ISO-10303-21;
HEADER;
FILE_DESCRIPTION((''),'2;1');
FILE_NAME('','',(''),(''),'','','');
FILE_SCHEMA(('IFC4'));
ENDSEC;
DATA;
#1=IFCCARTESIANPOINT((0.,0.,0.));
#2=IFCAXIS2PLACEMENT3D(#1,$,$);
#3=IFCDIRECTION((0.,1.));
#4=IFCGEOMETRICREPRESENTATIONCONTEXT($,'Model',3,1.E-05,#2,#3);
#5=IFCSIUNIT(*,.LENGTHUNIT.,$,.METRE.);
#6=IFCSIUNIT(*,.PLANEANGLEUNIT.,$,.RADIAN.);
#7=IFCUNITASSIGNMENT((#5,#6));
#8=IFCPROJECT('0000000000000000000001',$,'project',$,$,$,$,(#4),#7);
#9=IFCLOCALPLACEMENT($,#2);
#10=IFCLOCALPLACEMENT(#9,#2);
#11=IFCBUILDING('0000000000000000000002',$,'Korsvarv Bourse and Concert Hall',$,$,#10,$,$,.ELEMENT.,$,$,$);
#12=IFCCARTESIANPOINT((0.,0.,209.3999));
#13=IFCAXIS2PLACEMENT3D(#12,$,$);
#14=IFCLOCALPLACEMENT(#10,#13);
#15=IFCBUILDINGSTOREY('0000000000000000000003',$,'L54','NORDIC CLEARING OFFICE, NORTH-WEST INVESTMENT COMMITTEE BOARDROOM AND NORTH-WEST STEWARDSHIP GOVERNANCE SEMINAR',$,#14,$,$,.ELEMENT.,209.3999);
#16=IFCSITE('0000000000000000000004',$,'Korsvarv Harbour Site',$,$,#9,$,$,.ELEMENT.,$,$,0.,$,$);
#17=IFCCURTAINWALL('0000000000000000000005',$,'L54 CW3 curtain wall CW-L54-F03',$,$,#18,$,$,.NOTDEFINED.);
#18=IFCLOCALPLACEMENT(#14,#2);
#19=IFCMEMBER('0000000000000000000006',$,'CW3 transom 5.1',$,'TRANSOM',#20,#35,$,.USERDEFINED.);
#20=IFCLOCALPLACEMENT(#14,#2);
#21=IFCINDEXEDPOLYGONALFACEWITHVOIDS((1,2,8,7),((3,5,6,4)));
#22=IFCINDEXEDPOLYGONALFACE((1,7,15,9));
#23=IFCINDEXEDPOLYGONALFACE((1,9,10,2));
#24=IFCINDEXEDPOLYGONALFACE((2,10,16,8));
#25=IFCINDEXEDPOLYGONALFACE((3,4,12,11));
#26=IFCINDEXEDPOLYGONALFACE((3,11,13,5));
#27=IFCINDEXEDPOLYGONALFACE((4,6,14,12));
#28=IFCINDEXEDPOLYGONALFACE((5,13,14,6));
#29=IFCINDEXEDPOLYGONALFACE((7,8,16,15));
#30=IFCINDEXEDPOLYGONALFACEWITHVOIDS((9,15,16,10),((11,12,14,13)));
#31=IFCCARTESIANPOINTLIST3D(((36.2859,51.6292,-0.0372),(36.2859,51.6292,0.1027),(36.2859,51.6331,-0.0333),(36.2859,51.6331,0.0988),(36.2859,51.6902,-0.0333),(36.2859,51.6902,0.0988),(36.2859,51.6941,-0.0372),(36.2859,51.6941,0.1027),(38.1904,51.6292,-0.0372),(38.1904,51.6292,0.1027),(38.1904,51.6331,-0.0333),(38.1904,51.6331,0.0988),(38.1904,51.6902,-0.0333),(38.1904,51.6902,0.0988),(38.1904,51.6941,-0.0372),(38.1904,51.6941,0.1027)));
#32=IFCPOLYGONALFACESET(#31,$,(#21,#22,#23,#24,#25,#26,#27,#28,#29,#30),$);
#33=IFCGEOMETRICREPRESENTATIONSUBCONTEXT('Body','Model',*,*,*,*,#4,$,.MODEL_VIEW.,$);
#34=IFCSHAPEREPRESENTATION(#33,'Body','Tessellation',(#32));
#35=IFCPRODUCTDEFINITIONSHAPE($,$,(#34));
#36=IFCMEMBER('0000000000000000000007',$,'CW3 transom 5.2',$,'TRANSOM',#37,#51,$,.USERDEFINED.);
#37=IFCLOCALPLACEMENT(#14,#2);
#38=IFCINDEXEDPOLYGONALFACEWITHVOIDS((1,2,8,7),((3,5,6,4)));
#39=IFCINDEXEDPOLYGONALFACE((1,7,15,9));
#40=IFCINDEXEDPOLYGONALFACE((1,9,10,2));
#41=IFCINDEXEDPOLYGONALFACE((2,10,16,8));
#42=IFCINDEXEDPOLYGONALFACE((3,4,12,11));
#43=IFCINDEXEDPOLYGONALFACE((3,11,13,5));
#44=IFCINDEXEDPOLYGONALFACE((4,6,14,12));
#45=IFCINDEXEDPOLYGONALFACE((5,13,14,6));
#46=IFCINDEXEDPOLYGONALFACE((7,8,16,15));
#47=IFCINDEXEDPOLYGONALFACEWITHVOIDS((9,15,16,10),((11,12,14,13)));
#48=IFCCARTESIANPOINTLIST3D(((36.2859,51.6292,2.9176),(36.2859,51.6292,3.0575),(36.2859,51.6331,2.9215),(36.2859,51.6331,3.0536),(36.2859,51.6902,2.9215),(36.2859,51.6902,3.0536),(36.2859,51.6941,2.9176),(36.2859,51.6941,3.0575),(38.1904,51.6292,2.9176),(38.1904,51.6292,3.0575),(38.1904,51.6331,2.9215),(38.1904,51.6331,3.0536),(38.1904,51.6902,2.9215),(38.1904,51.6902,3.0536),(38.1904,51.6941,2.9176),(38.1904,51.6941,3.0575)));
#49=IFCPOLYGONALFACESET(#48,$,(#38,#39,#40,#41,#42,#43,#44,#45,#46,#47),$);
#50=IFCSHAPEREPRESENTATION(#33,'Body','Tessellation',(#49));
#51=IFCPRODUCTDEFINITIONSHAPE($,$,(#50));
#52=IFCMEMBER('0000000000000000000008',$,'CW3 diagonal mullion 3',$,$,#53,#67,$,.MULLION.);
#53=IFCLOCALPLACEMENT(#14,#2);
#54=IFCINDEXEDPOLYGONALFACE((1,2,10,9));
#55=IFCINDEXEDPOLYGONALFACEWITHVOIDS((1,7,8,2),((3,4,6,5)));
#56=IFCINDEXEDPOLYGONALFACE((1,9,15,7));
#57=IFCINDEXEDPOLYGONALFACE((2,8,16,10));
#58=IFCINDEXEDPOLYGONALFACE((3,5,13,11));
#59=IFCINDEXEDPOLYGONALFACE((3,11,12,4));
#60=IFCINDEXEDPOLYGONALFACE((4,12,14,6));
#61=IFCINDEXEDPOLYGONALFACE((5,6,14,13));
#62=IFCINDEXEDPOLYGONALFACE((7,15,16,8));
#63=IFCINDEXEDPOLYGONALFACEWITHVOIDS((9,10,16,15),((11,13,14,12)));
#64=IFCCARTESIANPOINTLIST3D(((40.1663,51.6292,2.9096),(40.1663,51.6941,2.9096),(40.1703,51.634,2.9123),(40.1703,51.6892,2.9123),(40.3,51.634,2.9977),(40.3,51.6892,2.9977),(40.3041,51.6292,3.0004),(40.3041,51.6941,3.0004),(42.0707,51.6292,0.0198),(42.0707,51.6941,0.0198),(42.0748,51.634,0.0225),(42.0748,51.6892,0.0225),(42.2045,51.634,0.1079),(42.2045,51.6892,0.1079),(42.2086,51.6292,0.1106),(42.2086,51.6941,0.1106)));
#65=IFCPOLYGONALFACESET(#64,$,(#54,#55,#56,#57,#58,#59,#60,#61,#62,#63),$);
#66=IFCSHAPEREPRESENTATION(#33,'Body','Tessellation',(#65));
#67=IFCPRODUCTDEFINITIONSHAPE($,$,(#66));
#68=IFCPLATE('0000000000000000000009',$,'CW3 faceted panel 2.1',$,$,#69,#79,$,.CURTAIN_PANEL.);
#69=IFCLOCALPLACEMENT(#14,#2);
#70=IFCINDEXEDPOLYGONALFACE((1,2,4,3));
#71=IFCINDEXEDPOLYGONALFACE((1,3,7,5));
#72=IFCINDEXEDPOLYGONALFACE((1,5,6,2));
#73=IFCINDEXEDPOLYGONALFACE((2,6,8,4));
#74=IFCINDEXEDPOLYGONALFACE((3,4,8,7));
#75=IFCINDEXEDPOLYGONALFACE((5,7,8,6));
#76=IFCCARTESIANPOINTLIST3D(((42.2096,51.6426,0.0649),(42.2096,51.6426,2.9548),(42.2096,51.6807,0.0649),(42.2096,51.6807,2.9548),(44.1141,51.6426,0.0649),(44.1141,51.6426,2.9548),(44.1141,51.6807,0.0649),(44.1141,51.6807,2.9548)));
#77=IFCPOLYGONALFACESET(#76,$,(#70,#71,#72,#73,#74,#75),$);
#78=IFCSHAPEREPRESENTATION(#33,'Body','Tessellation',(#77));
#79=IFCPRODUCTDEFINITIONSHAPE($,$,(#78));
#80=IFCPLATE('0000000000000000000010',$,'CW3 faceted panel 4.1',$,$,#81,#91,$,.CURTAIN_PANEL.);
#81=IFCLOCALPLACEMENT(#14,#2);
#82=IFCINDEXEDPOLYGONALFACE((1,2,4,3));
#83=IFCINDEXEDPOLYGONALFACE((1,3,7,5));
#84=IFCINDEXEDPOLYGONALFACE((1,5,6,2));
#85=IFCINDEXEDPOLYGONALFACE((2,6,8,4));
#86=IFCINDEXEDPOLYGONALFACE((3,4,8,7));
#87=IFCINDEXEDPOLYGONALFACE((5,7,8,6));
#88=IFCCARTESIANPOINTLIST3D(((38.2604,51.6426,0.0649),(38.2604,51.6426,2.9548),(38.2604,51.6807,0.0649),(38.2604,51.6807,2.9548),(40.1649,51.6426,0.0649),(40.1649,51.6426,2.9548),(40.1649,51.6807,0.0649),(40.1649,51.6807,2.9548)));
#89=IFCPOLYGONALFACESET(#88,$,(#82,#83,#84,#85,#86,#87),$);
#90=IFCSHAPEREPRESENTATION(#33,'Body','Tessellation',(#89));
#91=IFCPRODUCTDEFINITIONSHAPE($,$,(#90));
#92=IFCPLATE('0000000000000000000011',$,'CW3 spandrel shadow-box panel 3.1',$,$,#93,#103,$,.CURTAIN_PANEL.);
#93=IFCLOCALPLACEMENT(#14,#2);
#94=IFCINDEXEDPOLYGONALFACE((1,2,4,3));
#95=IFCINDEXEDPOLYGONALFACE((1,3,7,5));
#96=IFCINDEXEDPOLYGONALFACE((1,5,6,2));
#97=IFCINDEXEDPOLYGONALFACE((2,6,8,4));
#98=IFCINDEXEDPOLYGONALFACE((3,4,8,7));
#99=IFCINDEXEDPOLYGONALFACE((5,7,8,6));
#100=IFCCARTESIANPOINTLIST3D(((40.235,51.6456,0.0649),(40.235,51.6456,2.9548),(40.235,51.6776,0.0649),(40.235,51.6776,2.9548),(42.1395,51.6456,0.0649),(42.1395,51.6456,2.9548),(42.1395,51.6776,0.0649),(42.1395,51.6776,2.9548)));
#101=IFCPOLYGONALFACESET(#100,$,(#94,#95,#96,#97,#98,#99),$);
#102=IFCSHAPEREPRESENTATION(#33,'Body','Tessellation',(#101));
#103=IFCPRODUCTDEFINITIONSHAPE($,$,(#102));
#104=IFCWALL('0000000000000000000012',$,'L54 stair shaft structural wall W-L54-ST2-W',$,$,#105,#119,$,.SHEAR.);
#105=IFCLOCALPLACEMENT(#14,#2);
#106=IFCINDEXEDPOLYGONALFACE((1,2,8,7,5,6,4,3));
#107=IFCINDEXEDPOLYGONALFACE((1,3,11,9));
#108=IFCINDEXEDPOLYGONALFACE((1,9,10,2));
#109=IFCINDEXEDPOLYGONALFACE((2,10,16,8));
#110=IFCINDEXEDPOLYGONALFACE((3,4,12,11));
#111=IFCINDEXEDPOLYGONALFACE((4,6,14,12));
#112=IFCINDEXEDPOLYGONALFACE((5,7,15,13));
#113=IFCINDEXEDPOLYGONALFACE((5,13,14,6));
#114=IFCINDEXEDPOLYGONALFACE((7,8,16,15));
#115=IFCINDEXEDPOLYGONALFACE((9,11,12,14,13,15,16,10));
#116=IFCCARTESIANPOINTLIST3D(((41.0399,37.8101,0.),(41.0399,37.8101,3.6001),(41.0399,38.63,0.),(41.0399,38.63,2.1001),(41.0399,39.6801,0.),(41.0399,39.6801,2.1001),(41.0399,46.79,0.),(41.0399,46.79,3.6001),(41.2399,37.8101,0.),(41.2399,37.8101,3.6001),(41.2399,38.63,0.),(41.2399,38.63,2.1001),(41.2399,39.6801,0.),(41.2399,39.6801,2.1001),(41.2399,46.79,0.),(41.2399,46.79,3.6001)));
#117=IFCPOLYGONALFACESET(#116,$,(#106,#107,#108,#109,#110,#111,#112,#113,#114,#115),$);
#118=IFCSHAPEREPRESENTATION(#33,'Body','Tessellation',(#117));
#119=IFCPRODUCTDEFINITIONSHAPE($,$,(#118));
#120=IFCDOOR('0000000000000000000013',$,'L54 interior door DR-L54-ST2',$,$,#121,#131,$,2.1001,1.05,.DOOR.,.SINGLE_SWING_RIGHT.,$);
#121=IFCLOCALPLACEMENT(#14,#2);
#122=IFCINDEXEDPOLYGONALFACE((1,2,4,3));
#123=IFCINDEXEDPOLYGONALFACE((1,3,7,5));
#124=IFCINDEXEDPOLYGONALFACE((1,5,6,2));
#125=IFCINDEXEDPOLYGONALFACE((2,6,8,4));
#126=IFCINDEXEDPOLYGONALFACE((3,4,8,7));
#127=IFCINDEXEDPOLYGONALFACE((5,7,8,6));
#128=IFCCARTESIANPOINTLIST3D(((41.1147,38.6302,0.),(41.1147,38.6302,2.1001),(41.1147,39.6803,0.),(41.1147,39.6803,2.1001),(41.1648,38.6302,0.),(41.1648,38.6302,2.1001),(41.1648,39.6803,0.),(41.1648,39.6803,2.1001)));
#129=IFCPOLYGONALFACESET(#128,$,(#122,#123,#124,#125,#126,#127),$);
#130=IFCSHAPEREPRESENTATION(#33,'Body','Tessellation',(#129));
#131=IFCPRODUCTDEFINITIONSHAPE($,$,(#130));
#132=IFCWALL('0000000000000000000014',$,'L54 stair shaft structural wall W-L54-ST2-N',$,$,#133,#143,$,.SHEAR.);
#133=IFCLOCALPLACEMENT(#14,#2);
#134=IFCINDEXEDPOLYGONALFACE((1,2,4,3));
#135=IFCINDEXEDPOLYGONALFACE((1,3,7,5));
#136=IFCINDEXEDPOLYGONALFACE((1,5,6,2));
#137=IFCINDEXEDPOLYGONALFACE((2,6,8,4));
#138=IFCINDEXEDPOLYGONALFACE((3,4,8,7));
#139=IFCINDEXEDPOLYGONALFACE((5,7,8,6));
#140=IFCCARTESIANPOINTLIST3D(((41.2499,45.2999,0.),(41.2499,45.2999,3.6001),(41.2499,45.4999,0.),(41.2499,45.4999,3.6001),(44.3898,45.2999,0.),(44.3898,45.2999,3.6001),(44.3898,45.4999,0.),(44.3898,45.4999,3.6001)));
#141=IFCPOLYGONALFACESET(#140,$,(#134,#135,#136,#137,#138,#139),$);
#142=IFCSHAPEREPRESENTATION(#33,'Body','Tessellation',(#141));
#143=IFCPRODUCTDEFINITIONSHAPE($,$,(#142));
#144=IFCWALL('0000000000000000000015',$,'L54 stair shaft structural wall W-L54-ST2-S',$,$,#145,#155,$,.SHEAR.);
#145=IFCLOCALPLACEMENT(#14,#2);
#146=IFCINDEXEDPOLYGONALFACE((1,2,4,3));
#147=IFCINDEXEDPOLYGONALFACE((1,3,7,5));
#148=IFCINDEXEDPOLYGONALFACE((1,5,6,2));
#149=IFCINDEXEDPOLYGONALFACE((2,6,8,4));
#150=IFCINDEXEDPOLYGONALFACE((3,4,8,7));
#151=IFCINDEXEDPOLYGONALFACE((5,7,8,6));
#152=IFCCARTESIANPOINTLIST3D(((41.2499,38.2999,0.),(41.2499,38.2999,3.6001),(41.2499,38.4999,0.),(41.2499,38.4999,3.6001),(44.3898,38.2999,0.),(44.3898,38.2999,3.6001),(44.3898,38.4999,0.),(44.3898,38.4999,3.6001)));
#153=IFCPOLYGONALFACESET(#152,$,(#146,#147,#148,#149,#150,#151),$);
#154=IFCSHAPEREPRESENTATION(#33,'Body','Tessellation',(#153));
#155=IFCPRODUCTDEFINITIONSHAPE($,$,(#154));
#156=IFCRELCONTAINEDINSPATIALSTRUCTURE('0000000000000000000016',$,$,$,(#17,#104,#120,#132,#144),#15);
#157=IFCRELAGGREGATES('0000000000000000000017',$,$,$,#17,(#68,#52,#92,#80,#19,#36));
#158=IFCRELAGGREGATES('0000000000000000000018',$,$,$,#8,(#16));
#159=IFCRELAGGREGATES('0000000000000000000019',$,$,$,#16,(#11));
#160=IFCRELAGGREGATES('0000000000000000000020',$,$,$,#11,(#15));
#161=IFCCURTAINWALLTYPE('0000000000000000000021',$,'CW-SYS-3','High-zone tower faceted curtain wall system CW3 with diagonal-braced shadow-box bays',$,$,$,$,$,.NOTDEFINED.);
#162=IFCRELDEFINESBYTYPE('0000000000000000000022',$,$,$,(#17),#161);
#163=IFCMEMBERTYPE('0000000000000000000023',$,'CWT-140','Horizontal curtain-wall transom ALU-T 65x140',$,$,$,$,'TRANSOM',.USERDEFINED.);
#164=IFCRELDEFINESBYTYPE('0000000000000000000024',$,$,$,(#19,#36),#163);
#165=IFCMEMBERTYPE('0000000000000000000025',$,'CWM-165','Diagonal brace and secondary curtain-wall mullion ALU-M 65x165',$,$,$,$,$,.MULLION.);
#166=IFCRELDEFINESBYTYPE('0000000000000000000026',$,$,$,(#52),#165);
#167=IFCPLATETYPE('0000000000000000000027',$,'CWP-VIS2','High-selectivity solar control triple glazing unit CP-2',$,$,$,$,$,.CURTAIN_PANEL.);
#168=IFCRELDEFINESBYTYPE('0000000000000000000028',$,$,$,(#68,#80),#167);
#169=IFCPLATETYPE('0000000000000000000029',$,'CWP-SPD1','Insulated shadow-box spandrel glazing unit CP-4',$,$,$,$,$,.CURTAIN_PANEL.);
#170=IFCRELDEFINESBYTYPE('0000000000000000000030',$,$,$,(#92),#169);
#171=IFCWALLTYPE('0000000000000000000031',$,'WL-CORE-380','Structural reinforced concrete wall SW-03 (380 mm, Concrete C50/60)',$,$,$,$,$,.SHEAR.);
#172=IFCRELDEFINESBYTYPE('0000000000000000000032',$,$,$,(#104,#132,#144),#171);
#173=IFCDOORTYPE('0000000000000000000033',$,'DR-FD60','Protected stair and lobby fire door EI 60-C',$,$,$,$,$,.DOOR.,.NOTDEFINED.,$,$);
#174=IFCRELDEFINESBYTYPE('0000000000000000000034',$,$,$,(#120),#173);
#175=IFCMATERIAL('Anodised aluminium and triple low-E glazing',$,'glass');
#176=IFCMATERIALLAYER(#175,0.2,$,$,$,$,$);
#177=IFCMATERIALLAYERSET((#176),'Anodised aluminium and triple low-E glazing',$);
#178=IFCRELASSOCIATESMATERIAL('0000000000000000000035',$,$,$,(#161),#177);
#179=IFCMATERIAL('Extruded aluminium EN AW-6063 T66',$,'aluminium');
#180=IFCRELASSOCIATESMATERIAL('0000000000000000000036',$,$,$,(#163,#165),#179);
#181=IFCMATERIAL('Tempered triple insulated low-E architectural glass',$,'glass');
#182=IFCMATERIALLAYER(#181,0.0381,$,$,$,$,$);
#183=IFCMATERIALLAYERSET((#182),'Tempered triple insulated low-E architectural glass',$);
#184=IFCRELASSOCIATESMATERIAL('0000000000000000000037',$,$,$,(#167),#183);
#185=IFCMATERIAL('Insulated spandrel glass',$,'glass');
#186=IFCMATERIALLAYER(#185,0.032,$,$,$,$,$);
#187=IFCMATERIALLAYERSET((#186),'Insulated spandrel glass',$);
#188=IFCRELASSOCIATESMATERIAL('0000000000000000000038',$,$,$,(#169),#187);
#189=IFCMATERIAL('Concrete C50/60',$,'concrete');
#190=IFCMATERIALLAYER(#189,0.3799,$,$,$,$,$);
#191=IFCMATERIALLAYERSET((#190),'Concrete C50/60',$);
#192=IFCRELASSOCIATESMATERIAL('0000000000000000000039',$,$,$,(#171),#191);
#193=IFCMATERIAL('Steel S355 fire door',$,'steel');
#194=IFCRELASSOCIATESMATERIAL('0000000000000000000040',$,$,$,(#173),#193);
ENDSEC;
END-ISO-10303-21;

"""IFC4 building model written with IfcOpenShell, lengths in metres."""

from ifc_helpers import new_model, si_unit, direction, frame, frame_2d, origin, origin_2d, place, context, subcontext, project, spatial, rectangle, hollow_rectangle, extrude, source, transform, mapped, material, layer, layer_set, material_profile, profile_set, type_object, element, fill, aggregate, save


model = new_model("IFC4")

# Units and contexts
model_context = context("Model", 3, precision=1e-05, world=origin(), true_north=direction((0.0, 1.0)))
body_context = subcontext(model_context, "Body", "Model", "MODEL_VIEW")
ifc_project = project(units=[si_unit("LENGTHUNIT", "METRE"), si_unit("PLANEANGLEUNIT", "RADIAN")], contexts=[model_context])

# Site, building, storey
site_placement = place(None, origin())
site = spatial("IfcSite", under=ifc_project, at=site_placement, Name="Korsvarv Harbour Site", CompositionType="ELEMENT", RefElevation=0.0)
building_placement = place(site_placement, origin())
building = spatial("IfcBuilding", under=site, at=building_placement, Name="Korsvarv Bourse and Concert Hall", CompositionType="ELEMENT")
storey_placement = place(building_placement, frame((0.0, 0.0, 209.3999)))
storey = spatial("IfcBuildingStorey", under=building, at=storey_placement, Name="L54", Description="NORDIC CLEARING OFFICE, NORTH-WEST INVESTMENT COMMITTEE BOARDROOM AND NORTH-WEST STEWARDSHIP GOVERNANCE SEMINAR", CompositionType="ELEMENT", Elevation=209.3999)

# Curtain wall, members, plates
ifc_material_1 = material(Name="Anodised aluminium and triple low-E glazing", Category="glass")
ifc_layer_1 = layer(ifc_material_1, 0.2)
ifc_layer_set_1 = layer_set([ifc_layer_1], Name="Anodised aluminium and triple low-E glazing")
curtain_wall_type = type_object("IfcCurtainWallType", Name="CW-SYS-3", Description="High-zone tower faceted curtain wall system CW3 with diagonal-braced shadow-box bays", PredefinedType="NOTDEFINED", material=ifc_layer_set_1)
curtain_wall_placement = place(storey_placement, origin())
curtain_wall = element("IfcCurtainWall", 1, at=curtain_wall_placement, inside=storey, type_object=curtain_wall_type, Name="L54 CW3 curtain wall CW-L54-F03", PredefinedType="NOTDEFINED")
ifc_material_2 = material(Name="Extruded aluminium EN AW-6063 T66", Category="aluminium")
ifc_material_profile_1 = material_profile(ifc_material_2, hollow_rectangle(XDim=0.0649, YDim=0.1399, WallThickness=0.0039, at=origin_2d()), Name="ALU-T 65x140")
ifc_profile_set_1 = profile_set([ifc_material_profile_1], Name="Extruded aluminium EN AW-6063 T66")
member_type_1 = type_object("IfcMemberType", Name="CWT-140", Description="Horizontal curtain-wall transom ALU-T 65x140", ElementType="TRANSOM", PredefinedType="USERDEFINED", material=ifc_profile_set_1)
shared_shape_1 = source(origin(), body_context, "Body", "SweptSolid", [
    extrude(hollow_rectangle(XDim=0.0649, YDim=0.1399, WallThickness=0.0039, at=origin_2d()), origin(), (0.0, 0.0, 1.0), 1.9045),
])
member_1_placement = place(storey_placement, frame((38.1904, 51.6616, 0.0327), z_axis=(-1.0, 0.0, 0.0), x_axis=(0.0, -1.0, 0.0)))
member_1 = element("IfcMember", 2, at=member_1_placement, type_object=member_type_1, Name="CW3 transom 5.1", ObjectType="TRANSOM", PredefinedType="USERDEFINED", context=body_context, shape_type="MappedRepresentation", body=[
    mapped(shared_shape_1, transform((0.0, 0.0, 0.0), scale=1.0)),
])
member_2_placement = place(storey_placement, frame((38.1904, 51.6616, 2.9875), z_axis=(-1.0, 0.0, 0.0), x_axis=(0.0, -1.0, 0.0)))
member_2 = element("IfcMember", 3, at=member_2_placement, type_object=member_type_1, Name="CW3 transom 5.2", ObjectType="TRANSOM", PredefinedType="USERDEFINED", context=body_context, shape_type="MappedRepresentation", body=[
    mapped(shared_shape_1, transform((0.0, 0.0, 0.0), scale=1.0)),
])
ifc_material_profile_2 = material_profile(ifc_material_2, hollow_rectangle(XDim=0.0649, YDim=0.165, WallThickness=0.0049, at=origin_2d()), Name="ALU-M 65x165")
ifc_profile_set_2 = profile_set([ifc_material_profile_2], Name="Extruded aluminium EN AW-6063 T66")
member_type_2 = type_object("IfcMemberType", Name="CWM-165", Description="Diagonal brace and secondary curtain-wall mullion ALU-M 65x165", PredefinedType="MULLION", material=ifc_profile_set_2)
shared_shape_2 = source(origin(), body_context, "Body", "SweptSolid", [
    extrude(hollow_rectangle(XDim=0.0649, YDim=0.165, WallThickness=0.0049, at=origin_2d()), origin(), (0.0, 0.0, 1.0), 3.4609),
])
member_3_placement = place(storey_placement, frame((42.1396, 51.6616, 0.0652), z_axis=(-0.550281, 0.0, 0.83498), x_axis=(0.0, -1.0, 0.0)))
member_3 = element("IfcMember", 4, at=member_3_placement, type_object=member_type_2, Name="CW3 diagonal mullion 3", PredefinedType="MULLION", context=body_context, shape_type="MappedRepresentation", body=[
    mapped(shared_shape_2, transform((0.0, 0.0, 0.0), scale=1.0)),
])
ifc_material_3 = material(Name="Tempered triple insulated low-E architectural glass", Category="glass")
ifc_layer_2 = layer(ifc_material_3, 0.0381)
ifc_layer_set_2 = layer_set([ifc_layer_2], Name="Tempered triple insulated low-E architectural glass")
plate_type_1 = type_object("IfcPlateType", Name="CWP-VIS2", Description="High-selectivity solar control triple glazing unit CP-2", PredefinedType="CURTAIN_PANEL", material=ifc_layer_set_2)
shared_shape_3 = source(origin(), body_context, "Body", "SweptSolid", [
    extrude(rectangle(XDim=1.9045, YDim=0.0381, at=origin_2d()), origin(), (0.0, 0.0, 1.0), 2.8899),
])
plate_1_placement = place(storey_placement, frame((43.1619, 51.6616, 0.0649), z_axis=(0.0, 0.0, 1.0), x_axis=(-1.0, 0.0, 0.0)))
plate_1 = element("IfcPlate", 5, at=plate_1_placement, type_object=plate_type_1, Name="CW3 faceted panel 2.1", PredefinedType="CURTAIN_PANEL", context=body_context, shape_type="MappedRepresentation", body=[
    mapped(shared_shape_3, transform((0.0, 0.0, 0.0), scale=1.0)),
])
plate_2_placement = place(storey_placement, frame((39.2126, 51.6616, 0.0649), z_axis=(0.0, 0.0, 1.0), x_axis=(-1.0, 0.0, 0.0)))
plate_2 = element("IfcPlate", 6, at=plate_2_placement, type_object=plate_type_1, Name="CW3 faceted panel 4.1", PredefinedType="CURTAIN_PANEL", context=body_context, shape_type="MappedRepresentation", body=[
    mapped(shared_shape_3, transform((0.0, 0.0, 0.0), scale=1.0)),
])
ifc_material_4 = material(Name="Insulated spandrel glass", Category="glass")
ifc_layer_3 = layer(ifc_material_4, 0.032)
ifc_layer_set_3 = layer_set([ifc_layer_3], Name="Insulated spandrel glass")
plate_type_2 = type_object("IfcPlateType", Name="CWP-SPD1", Description="Insulated shadow-box spandrel glazing unit CP-4", PredefinedType="CURTAIN_PANEL", material=ifc_layer_set_3)
shared_shape_4 = source(origin(), body_context, "Body", "SweptSolid", [
    extrude(rectangle(XDim=1.9045, YDim=0.032, at=origin_2d()), origin(), (0.0, 0.0, 1.0), 2.8899),
])
plate_3_placement = place(storey_placement, frame((41.1873, 51.6616, 0.0649), z_axis=(0.0, 0.0, 1.0), x_axis=(-1.0, 0.0, 0.0)))
plate_3 = element("IfcPlate", 7, at=plate_3_placement, type_object=plate_type_2, Name="CW3 spandrel shadow-box panel 3.1", PredefinedType="CURTAIN_PANEL", context=body_context, shape_type="MappedRepresentation", body=[
    mapped(shared_shape_4, transform((0.0, 0.0, 0.0), scale=1.0)),
])
aggregate(curtain_wall, [plate_1, member_3, plate_3, plate_2, member_1, member_2])

# Wall, opening, door
ifc_material_5 = material(Name="Concrete C50/60", Category="concrete")
ifc_layer_4 = layer(ifc_material_5, 0.3799)
ifc_layer_set_4 = layer_set([ifc_layer_4], Name="Concrete C50/60")
wall_type_1 = type_object("IfcWallType", Name="WL-CORE-380", Description="Structural reinforced concrete wall SW-03 (380 mm, Concrete C50/60)", PredefinedType="SHEAR", material=ifc_layer_set_4)
wall_1_placement = place(storey_placement, frame((41.1399, 37.8101, 0.0), z_axis=(0.0, 0.0, 1.0), x_axis=(0.0, 1.0, 0.0)))
wall_1 = element("IfcWall", 8, at=wall_1_placement, inside=storey, type_object=wall_type_1, Name="L54 stair shaft structural wall W-L54-ST2-W", PredefinedType="SHEAR", context=body_context, shape_type="SweptSolid", body=[
    extrude(rectangle(XDim=8.98, YDim=0.2, at=frame_2d((4.49, 0.0))), origin(), (0.0, 0.0, 1.0), 3.6001),
])
opening_1_placement = place(wall_1_placement, frame((0.8201, 0.0, 0.0)))
opening_1 = element("IfcOpeningElement", 9, at=opening_1_placement, cuts=wall_1, PredefinedType="OPENING", context=body_context, shape_type="SweptSolid", body=[
    extrude(rectangle(XDim=1.05, YDim=2.1001, at=frame_2d((0.5249, 1.05))), frame((0.0, 0.1099, 0.0), z_axis=(0.0, -1.0, 0.0), x_axis=(1.0, 0.0, 0.0)), (0.0, 0.0, 1.0), 0.22),
])
ifc_material_6 = material(Name="Steel S355 fire door", Category="steel")
door_type_1 = type_object("IfcDoorType", Name="DR-FD60", Description="Protected stair and lobby fire door EI 60-C", OperationType="NOTDEFINED", PredefinedType="DOOR", material=ifc_material_6)
door_1_placement = place(opening_1_placement, frame((1.05, 0.0, 0.0), z_axis=(0.0, 0.0, 1.0), x_axis=(-1.0, 0.0, 0.0)))
door_1 = element("IfcDoor", 10, at=door_1_placement, inside=storey, type_object=door_type_1, Name="L54 interior door DR-L54-ST2", OperationType="SINGLE_SWING_RIGHT", OverallHeight=2.1001, OverallWidth=1.05, PredefinedType="DOOR", context=body_context, shape_type="SweptSolid", body=[
    extrude(rectangle(XDim=1.05, YDim=2.1001, at=frame_2d((0.5249, 1.05))), frame((0.0, 0.0249, 0.0), z_axis=(0.0, -1.0, 0.0), x_axis=(1.0, 0.0, 0.0)), (0.0, 0.0, 1.0), 0.05),
])
fill(opening_1, door_1)

# Walls
for number, where, z_axis, x_axis, name in (
    (11, (41.25, 45.3999, 0.0), (0.0, 0.0, 1.0), (1.0, 0.0, 0.0), "L54 stair shaft structural wall W-L54-ST2-N"),
    (12, (41.25, 38.3999, 0.0), (0.0, 0.0, 1.0), (1.0, 0.0, 0.0), "L54 stair shaft structural wall W-L54-ST2-S"),
):
    element("IfcWall", number, at=place(storey_placement, frame(where, z_axis=z_axis, x_axis=x_axis)), inside=storey, type_object=wall_type_1, Name=name, PredefinedType="SHEAR", context=body_context, shape_type="SweptSolid", body=[
        extrude(rectangle(XDim=3.1399, YDim=0.2, at=frame_2d((1.5698, 0.0))), origin(), (0.0, 0.0, 1.0), 3.6001),
    ])

save(model, "model.ifc")
